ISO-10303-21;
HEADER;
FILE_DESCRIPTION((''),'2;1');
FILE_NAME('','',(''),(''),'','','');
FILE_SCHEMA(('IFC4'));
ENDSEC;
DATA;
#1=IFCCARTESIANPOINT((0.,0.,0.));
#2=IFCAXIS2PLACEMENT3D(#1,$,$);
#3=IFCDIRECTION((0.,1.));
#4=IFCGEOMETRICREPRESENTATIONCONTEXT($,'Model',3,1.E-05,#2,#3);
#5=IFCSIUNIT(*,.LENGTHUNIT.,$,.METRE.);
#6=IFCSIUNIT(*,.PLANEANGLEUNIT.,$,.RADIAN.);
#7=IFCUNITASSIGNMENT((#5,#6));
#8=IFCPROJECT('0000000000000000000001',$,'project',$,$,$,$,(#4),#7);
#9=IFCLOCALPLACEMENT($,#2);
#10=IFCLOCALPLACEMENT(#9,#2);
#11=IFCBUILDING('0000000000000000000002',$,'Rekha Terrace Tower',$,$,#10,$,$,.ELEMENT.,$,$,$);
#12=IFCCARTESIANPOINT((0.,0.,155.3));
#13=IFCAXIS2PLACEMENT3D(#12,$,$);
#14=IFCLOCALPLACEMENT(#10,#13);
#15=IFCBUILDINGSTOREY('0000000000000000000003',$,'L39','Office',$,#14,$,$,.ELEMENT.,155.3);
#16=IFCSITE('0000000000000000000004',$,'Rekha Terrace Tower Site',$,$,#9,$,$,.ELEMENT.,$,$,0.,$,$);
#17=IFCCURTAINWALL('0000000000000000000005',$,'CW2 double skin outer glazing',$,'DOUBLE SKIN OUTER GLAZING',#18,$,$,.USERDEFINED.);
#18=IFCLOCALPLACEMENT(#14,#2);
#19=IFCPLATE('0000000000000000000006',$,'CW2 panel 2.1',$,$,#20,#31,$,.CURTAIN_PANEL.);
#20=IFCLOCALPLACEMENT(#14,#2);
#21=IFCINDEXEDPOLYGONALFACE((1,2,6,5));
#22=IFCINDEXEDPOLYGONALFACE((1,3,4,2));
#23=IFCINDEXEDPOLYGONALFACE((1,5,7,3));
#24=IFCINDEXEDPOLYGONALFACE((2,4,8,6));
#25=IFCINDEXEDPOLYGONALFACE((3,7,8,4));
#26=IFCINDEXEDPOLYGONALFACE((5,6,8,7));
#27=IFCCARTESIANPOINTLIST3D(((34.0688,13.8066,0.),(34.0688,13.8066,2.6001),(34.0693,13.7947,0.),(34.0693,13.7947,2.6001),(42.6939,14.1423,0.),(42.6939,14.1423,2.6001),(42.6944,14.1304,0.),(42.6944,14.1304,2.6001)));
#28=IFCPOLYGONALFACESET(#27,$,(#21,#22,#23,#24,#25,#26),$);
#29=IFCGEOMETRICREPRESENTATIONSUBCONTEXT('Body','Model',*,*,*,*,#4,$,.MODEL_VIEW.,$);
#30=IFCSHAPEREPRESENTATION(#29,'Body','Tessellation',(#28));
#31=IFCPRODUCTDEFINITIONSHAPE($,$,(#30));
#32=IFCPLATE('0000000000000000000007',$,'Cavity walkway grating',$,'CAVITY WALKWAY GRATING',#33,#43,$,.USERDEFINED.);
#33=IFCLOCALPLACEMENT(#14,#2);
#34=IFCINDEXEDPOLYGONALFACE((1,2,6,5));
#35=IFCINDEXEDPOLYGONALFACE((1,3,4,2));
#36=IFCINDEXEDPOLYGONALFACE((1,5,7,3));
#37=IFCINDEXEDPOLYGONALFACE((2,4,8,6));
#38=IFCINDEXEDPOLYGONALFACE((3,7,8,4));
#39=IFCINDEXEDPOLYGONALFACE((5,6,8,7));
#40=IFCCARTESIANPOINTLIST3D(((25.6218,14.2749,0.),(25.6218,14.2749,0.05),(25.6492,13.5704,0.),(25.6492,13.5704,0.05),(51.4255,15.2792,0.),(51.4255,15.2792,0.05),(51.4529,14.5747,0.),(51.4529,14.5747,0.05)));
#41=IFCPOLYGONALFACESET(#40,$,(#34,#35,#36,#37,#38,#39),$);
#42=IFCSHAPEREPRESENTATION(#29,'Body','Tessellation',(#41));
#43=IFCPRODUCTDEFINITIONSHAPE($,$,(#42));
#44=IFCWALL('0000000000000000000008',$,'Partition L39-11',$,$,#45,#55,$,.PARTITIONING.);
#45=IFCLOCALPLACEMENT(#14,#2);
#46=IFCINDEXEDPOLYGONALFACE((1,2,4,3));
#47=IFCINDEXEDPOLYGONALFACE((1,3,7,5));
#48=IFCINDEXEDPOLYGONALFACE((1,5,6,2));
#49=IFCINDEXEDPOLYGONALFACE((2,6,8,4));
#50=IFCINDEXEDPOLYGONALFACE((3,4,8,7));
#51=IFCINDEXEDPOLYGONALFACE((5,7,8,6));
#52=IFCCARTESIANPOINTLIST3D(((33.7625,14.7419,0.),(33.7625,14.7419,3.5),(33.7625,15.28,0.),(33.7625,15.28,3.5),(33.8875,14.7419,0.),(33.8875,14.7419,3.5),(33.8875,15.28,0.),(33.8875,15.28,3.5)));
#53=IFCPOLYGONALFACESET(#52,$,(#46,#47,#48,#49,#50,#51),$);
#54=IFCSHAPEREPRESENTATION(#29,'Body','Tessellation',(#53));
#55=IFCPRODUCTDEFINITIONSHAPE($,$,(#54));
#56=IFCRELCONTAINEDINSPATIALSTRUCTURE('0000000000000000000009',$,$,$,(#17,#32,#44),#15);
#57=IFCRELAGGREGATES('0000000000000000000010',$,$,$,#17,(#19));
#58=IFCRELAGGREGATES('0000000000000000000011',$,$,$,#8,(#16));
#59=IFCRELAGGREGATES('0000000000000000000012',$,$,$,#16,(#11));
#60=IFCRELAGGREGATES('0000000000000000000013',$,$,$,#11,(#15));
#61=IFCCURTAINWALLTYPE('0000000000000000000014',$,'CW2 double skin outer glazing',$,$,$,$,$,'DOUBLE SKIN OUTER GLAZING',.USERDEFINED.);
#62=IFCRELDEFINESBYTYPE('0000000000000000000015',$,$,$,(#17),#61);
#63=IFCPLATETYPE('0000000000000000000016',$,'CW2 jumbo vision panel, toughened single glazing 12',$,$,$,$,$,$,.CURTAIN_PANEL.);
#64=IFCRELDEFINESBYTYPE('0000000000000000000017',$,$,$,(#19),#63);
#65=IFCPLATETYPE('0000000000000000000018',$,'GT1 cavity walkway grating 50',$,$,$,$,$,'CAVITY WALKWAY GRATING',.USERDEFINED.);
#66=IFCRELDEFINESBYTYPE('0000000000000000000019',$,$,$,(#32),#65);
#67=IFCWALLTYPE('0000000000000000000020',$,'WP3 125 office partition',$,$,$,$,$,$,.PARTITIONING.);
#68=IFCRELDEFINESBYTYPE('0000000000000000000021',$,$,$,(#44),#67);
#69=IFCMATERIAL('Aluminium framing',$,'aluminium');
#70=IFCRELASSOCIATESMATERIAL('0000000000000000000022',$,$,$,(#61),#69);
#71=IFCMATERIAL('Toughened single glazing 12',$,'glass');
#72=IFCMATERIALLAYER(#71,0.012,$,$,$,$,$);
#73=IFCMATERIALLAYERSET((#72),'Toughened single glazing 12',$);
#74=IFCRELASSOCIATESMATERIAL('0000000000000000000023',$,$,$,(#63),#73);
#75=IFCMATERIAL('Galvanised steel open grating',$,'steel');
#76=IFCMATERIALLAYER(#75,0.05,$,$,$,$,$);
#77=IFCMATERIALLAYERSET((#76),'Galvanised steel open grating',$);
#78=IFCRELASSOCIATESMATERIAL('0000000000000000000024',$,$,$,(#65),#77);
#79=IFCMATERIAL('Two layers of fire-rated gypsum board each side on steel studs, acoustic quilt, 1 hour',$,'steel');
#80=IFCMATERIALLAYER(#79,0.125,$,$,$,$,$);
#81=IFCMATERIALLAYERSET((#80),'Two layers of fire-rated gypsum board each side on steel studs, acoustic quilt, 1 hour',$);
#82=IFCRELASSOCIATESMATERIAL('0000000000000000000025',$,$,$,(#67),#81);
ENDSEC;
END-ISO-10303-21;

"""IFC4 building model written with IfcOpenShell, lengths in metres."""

from ifc_helpers import new_model, si_unit, direction, frame, frame_2d, origin, origin_2d, place, context, subcontext, project, spatial, rectangle, extrude, material, layer, layer_set, type_object, element, aggregate, save


model = new_model("IFC4")

# Units and contexts
model_context = context("Model", 3, precision=1e-05, world=origin(), true_north=direction((0.0, 1.0)))
body_context = subcontext(model_context, "Body", "Model", "MODEL_VIEW")
ifc_project = project(units=[si_unit("LENGTHUNIT", "METRE"), si_unit("PLANEANGLEUNIT", "RADIAN")], contexts=[model_context])

# Site, building, storey
site_placement = place(None, origin())
site = spatial("IfcSite", under=ifc_project, at=site_placement, Name="Rekha Terrace Tower Site", CompositionType="ELEMENT", RefElevation=0.0)
building_placement = place(site_placement, origin())
building = spatial("IfcBuilding", under=site, at=building_placement, Name="Rekha Terrace Tower", CompositionType="ELEMENT")
storey_placement = place(building_placement, frame((0.0, 0.0, 155.3)))
storey = spatial("IfcBuildingStorey", under=building, at=storey_placement, Name="L39", Description="Office", CompositionType="ELEMENT", Elevation=155.3)

# Curtain wall
ifc_material_1 = material(Name="Aluminium framing", Category="aluminium")
curtain_wall_type_1 = type_object("IfcCurtainWallType", Name="CW2 double skin outer glazing", ElementType="DOUBLE SKIN OUTER GLAZING", PredefinedType="USERDEFINED", material=ifc_material_1)
curtain_wall_1_placement = place(storey_placement, origin())
curtain_wall_1 = element("IfcCurtainWall", 1, at=curtain_wall_1_placement, inside=storey, type_object=curtain_wall_type_1, Name="CW2 double skin outer glazing", ObjectType="DOUBLE SKIN OUTER GLAZING", PredefinedType="USERDEFINED")

# Plates
ifc_material_2 = material(Name="Toughened single glazing 12", Category="glass")
ifc_layer_1 = layer(ifc_material_2, 0.012)
ifc_layer_set_1 = layer_set([ifc_layer_1], Name="Toughened single glazing 12")
plate_type_1 = type_object("IfcPlateType", Name="CW2 jumbo vision panel, toughened single glazing 12", PredefinedType="CURTAIN_PANEL", material=ifc_layer_set_1)
plate_1_placement = place(storey_placement, frame((38.3816, 13.9685, 0.0), z_axis=(0.0, 0.0, 1.0), x_axis=(0.999243, 0.03889, 0.0)))
plate_1 = element("IfcPlate", 2, at=plate_1_placement, type_object=plate_type_1, Name="CW2 panel 2.1", PredefinedType="CURTAIN_PANEL", context=body_context, shape_type="SweptSolid", body=[
    extrude(rectangle(XDim=8.6316, YDim=0.012, at=origin_2d()), origin(), (0.0, 0.0, 1.0), 2.6001),
])
aggregate(curtain_wall_1, [plate_1])
ifc_material_3 = material(Name="Galvanised steel open grating", Category="steel")
ifc_layer_2 = layer(ifc_material_3, 0.05)
ifc_layer_set_2 = layer_set([ifc_layer_2], Name="Galvanised steel open grating")
plate_type_2 = type_object("IfcPlateType", Name="GT1 cavity walkway grating 50", ElementType="CAVITY WALKWAY GRATING", PredefinedType="USERDEFINED", material=ifc_layer_set_2)
plate_2_placement = place(storey_placement, frame((38.5374, 14.4248, 0.0), z_axis=(0.0, 0.0, 1.0), x_axis=(0.999243, 0.03889, 0.0)))
element("IfcPlate", 3, at=plate_2_placement, inside=storey, type_object=plate_type_2, Name="Cavity walkway grating", ObjectType="CAVITY WALKWAY GRATING", PredefinedType="USERDEFINED", context=body_context, shape_type="SweptSolid", body=[
    extrude(rectangle(XDim=25.8232, YDim=0.7051, at=origin_2d()), origin(), (0.0, 0.0, 1.0), 0.05),
])

# Wall
ifc_material_4 = material(Name="Two layers of fire-rated gypsum board each side on steel studs, acoustic quilt, 1 hour", Category="steel")
ifc_layer_3 = layer(ifc_material_4, 0.125)
ifc_layer_set_3 = layer_set([ifc_layer_3], Name="Two layers of fire-rated gypsum board each side on steel studs, acoustic quilt, 1 hour")
wall_type = type_object("IfcWallType", Name="WP3 125 office partition", PredefinedType="PARTITIONING", material=ifc_layer_set_3)
wall_placement = place(storey_placement, frame((33.825, 15.28, 0.0), z_axis=(0.0, 0.0, 1.0), x_axis=(0.0, -1.0, 0.0)))
element("IfcWall", 4, at=wall_placement, inside=storey, type_object=wall_type, Name="Partition L39-11", PredefinedType="PARTITIONING", context=body_context, shape_type="SweptSolid", body=[
    extrude(rectangle(XDim=0.5381, YDim=0.125, at=frame_2d((0.269, 0.0))), origin(), (0.0, 0.0, 1.0), 3.5),
])

save(model, "model.ifc")
